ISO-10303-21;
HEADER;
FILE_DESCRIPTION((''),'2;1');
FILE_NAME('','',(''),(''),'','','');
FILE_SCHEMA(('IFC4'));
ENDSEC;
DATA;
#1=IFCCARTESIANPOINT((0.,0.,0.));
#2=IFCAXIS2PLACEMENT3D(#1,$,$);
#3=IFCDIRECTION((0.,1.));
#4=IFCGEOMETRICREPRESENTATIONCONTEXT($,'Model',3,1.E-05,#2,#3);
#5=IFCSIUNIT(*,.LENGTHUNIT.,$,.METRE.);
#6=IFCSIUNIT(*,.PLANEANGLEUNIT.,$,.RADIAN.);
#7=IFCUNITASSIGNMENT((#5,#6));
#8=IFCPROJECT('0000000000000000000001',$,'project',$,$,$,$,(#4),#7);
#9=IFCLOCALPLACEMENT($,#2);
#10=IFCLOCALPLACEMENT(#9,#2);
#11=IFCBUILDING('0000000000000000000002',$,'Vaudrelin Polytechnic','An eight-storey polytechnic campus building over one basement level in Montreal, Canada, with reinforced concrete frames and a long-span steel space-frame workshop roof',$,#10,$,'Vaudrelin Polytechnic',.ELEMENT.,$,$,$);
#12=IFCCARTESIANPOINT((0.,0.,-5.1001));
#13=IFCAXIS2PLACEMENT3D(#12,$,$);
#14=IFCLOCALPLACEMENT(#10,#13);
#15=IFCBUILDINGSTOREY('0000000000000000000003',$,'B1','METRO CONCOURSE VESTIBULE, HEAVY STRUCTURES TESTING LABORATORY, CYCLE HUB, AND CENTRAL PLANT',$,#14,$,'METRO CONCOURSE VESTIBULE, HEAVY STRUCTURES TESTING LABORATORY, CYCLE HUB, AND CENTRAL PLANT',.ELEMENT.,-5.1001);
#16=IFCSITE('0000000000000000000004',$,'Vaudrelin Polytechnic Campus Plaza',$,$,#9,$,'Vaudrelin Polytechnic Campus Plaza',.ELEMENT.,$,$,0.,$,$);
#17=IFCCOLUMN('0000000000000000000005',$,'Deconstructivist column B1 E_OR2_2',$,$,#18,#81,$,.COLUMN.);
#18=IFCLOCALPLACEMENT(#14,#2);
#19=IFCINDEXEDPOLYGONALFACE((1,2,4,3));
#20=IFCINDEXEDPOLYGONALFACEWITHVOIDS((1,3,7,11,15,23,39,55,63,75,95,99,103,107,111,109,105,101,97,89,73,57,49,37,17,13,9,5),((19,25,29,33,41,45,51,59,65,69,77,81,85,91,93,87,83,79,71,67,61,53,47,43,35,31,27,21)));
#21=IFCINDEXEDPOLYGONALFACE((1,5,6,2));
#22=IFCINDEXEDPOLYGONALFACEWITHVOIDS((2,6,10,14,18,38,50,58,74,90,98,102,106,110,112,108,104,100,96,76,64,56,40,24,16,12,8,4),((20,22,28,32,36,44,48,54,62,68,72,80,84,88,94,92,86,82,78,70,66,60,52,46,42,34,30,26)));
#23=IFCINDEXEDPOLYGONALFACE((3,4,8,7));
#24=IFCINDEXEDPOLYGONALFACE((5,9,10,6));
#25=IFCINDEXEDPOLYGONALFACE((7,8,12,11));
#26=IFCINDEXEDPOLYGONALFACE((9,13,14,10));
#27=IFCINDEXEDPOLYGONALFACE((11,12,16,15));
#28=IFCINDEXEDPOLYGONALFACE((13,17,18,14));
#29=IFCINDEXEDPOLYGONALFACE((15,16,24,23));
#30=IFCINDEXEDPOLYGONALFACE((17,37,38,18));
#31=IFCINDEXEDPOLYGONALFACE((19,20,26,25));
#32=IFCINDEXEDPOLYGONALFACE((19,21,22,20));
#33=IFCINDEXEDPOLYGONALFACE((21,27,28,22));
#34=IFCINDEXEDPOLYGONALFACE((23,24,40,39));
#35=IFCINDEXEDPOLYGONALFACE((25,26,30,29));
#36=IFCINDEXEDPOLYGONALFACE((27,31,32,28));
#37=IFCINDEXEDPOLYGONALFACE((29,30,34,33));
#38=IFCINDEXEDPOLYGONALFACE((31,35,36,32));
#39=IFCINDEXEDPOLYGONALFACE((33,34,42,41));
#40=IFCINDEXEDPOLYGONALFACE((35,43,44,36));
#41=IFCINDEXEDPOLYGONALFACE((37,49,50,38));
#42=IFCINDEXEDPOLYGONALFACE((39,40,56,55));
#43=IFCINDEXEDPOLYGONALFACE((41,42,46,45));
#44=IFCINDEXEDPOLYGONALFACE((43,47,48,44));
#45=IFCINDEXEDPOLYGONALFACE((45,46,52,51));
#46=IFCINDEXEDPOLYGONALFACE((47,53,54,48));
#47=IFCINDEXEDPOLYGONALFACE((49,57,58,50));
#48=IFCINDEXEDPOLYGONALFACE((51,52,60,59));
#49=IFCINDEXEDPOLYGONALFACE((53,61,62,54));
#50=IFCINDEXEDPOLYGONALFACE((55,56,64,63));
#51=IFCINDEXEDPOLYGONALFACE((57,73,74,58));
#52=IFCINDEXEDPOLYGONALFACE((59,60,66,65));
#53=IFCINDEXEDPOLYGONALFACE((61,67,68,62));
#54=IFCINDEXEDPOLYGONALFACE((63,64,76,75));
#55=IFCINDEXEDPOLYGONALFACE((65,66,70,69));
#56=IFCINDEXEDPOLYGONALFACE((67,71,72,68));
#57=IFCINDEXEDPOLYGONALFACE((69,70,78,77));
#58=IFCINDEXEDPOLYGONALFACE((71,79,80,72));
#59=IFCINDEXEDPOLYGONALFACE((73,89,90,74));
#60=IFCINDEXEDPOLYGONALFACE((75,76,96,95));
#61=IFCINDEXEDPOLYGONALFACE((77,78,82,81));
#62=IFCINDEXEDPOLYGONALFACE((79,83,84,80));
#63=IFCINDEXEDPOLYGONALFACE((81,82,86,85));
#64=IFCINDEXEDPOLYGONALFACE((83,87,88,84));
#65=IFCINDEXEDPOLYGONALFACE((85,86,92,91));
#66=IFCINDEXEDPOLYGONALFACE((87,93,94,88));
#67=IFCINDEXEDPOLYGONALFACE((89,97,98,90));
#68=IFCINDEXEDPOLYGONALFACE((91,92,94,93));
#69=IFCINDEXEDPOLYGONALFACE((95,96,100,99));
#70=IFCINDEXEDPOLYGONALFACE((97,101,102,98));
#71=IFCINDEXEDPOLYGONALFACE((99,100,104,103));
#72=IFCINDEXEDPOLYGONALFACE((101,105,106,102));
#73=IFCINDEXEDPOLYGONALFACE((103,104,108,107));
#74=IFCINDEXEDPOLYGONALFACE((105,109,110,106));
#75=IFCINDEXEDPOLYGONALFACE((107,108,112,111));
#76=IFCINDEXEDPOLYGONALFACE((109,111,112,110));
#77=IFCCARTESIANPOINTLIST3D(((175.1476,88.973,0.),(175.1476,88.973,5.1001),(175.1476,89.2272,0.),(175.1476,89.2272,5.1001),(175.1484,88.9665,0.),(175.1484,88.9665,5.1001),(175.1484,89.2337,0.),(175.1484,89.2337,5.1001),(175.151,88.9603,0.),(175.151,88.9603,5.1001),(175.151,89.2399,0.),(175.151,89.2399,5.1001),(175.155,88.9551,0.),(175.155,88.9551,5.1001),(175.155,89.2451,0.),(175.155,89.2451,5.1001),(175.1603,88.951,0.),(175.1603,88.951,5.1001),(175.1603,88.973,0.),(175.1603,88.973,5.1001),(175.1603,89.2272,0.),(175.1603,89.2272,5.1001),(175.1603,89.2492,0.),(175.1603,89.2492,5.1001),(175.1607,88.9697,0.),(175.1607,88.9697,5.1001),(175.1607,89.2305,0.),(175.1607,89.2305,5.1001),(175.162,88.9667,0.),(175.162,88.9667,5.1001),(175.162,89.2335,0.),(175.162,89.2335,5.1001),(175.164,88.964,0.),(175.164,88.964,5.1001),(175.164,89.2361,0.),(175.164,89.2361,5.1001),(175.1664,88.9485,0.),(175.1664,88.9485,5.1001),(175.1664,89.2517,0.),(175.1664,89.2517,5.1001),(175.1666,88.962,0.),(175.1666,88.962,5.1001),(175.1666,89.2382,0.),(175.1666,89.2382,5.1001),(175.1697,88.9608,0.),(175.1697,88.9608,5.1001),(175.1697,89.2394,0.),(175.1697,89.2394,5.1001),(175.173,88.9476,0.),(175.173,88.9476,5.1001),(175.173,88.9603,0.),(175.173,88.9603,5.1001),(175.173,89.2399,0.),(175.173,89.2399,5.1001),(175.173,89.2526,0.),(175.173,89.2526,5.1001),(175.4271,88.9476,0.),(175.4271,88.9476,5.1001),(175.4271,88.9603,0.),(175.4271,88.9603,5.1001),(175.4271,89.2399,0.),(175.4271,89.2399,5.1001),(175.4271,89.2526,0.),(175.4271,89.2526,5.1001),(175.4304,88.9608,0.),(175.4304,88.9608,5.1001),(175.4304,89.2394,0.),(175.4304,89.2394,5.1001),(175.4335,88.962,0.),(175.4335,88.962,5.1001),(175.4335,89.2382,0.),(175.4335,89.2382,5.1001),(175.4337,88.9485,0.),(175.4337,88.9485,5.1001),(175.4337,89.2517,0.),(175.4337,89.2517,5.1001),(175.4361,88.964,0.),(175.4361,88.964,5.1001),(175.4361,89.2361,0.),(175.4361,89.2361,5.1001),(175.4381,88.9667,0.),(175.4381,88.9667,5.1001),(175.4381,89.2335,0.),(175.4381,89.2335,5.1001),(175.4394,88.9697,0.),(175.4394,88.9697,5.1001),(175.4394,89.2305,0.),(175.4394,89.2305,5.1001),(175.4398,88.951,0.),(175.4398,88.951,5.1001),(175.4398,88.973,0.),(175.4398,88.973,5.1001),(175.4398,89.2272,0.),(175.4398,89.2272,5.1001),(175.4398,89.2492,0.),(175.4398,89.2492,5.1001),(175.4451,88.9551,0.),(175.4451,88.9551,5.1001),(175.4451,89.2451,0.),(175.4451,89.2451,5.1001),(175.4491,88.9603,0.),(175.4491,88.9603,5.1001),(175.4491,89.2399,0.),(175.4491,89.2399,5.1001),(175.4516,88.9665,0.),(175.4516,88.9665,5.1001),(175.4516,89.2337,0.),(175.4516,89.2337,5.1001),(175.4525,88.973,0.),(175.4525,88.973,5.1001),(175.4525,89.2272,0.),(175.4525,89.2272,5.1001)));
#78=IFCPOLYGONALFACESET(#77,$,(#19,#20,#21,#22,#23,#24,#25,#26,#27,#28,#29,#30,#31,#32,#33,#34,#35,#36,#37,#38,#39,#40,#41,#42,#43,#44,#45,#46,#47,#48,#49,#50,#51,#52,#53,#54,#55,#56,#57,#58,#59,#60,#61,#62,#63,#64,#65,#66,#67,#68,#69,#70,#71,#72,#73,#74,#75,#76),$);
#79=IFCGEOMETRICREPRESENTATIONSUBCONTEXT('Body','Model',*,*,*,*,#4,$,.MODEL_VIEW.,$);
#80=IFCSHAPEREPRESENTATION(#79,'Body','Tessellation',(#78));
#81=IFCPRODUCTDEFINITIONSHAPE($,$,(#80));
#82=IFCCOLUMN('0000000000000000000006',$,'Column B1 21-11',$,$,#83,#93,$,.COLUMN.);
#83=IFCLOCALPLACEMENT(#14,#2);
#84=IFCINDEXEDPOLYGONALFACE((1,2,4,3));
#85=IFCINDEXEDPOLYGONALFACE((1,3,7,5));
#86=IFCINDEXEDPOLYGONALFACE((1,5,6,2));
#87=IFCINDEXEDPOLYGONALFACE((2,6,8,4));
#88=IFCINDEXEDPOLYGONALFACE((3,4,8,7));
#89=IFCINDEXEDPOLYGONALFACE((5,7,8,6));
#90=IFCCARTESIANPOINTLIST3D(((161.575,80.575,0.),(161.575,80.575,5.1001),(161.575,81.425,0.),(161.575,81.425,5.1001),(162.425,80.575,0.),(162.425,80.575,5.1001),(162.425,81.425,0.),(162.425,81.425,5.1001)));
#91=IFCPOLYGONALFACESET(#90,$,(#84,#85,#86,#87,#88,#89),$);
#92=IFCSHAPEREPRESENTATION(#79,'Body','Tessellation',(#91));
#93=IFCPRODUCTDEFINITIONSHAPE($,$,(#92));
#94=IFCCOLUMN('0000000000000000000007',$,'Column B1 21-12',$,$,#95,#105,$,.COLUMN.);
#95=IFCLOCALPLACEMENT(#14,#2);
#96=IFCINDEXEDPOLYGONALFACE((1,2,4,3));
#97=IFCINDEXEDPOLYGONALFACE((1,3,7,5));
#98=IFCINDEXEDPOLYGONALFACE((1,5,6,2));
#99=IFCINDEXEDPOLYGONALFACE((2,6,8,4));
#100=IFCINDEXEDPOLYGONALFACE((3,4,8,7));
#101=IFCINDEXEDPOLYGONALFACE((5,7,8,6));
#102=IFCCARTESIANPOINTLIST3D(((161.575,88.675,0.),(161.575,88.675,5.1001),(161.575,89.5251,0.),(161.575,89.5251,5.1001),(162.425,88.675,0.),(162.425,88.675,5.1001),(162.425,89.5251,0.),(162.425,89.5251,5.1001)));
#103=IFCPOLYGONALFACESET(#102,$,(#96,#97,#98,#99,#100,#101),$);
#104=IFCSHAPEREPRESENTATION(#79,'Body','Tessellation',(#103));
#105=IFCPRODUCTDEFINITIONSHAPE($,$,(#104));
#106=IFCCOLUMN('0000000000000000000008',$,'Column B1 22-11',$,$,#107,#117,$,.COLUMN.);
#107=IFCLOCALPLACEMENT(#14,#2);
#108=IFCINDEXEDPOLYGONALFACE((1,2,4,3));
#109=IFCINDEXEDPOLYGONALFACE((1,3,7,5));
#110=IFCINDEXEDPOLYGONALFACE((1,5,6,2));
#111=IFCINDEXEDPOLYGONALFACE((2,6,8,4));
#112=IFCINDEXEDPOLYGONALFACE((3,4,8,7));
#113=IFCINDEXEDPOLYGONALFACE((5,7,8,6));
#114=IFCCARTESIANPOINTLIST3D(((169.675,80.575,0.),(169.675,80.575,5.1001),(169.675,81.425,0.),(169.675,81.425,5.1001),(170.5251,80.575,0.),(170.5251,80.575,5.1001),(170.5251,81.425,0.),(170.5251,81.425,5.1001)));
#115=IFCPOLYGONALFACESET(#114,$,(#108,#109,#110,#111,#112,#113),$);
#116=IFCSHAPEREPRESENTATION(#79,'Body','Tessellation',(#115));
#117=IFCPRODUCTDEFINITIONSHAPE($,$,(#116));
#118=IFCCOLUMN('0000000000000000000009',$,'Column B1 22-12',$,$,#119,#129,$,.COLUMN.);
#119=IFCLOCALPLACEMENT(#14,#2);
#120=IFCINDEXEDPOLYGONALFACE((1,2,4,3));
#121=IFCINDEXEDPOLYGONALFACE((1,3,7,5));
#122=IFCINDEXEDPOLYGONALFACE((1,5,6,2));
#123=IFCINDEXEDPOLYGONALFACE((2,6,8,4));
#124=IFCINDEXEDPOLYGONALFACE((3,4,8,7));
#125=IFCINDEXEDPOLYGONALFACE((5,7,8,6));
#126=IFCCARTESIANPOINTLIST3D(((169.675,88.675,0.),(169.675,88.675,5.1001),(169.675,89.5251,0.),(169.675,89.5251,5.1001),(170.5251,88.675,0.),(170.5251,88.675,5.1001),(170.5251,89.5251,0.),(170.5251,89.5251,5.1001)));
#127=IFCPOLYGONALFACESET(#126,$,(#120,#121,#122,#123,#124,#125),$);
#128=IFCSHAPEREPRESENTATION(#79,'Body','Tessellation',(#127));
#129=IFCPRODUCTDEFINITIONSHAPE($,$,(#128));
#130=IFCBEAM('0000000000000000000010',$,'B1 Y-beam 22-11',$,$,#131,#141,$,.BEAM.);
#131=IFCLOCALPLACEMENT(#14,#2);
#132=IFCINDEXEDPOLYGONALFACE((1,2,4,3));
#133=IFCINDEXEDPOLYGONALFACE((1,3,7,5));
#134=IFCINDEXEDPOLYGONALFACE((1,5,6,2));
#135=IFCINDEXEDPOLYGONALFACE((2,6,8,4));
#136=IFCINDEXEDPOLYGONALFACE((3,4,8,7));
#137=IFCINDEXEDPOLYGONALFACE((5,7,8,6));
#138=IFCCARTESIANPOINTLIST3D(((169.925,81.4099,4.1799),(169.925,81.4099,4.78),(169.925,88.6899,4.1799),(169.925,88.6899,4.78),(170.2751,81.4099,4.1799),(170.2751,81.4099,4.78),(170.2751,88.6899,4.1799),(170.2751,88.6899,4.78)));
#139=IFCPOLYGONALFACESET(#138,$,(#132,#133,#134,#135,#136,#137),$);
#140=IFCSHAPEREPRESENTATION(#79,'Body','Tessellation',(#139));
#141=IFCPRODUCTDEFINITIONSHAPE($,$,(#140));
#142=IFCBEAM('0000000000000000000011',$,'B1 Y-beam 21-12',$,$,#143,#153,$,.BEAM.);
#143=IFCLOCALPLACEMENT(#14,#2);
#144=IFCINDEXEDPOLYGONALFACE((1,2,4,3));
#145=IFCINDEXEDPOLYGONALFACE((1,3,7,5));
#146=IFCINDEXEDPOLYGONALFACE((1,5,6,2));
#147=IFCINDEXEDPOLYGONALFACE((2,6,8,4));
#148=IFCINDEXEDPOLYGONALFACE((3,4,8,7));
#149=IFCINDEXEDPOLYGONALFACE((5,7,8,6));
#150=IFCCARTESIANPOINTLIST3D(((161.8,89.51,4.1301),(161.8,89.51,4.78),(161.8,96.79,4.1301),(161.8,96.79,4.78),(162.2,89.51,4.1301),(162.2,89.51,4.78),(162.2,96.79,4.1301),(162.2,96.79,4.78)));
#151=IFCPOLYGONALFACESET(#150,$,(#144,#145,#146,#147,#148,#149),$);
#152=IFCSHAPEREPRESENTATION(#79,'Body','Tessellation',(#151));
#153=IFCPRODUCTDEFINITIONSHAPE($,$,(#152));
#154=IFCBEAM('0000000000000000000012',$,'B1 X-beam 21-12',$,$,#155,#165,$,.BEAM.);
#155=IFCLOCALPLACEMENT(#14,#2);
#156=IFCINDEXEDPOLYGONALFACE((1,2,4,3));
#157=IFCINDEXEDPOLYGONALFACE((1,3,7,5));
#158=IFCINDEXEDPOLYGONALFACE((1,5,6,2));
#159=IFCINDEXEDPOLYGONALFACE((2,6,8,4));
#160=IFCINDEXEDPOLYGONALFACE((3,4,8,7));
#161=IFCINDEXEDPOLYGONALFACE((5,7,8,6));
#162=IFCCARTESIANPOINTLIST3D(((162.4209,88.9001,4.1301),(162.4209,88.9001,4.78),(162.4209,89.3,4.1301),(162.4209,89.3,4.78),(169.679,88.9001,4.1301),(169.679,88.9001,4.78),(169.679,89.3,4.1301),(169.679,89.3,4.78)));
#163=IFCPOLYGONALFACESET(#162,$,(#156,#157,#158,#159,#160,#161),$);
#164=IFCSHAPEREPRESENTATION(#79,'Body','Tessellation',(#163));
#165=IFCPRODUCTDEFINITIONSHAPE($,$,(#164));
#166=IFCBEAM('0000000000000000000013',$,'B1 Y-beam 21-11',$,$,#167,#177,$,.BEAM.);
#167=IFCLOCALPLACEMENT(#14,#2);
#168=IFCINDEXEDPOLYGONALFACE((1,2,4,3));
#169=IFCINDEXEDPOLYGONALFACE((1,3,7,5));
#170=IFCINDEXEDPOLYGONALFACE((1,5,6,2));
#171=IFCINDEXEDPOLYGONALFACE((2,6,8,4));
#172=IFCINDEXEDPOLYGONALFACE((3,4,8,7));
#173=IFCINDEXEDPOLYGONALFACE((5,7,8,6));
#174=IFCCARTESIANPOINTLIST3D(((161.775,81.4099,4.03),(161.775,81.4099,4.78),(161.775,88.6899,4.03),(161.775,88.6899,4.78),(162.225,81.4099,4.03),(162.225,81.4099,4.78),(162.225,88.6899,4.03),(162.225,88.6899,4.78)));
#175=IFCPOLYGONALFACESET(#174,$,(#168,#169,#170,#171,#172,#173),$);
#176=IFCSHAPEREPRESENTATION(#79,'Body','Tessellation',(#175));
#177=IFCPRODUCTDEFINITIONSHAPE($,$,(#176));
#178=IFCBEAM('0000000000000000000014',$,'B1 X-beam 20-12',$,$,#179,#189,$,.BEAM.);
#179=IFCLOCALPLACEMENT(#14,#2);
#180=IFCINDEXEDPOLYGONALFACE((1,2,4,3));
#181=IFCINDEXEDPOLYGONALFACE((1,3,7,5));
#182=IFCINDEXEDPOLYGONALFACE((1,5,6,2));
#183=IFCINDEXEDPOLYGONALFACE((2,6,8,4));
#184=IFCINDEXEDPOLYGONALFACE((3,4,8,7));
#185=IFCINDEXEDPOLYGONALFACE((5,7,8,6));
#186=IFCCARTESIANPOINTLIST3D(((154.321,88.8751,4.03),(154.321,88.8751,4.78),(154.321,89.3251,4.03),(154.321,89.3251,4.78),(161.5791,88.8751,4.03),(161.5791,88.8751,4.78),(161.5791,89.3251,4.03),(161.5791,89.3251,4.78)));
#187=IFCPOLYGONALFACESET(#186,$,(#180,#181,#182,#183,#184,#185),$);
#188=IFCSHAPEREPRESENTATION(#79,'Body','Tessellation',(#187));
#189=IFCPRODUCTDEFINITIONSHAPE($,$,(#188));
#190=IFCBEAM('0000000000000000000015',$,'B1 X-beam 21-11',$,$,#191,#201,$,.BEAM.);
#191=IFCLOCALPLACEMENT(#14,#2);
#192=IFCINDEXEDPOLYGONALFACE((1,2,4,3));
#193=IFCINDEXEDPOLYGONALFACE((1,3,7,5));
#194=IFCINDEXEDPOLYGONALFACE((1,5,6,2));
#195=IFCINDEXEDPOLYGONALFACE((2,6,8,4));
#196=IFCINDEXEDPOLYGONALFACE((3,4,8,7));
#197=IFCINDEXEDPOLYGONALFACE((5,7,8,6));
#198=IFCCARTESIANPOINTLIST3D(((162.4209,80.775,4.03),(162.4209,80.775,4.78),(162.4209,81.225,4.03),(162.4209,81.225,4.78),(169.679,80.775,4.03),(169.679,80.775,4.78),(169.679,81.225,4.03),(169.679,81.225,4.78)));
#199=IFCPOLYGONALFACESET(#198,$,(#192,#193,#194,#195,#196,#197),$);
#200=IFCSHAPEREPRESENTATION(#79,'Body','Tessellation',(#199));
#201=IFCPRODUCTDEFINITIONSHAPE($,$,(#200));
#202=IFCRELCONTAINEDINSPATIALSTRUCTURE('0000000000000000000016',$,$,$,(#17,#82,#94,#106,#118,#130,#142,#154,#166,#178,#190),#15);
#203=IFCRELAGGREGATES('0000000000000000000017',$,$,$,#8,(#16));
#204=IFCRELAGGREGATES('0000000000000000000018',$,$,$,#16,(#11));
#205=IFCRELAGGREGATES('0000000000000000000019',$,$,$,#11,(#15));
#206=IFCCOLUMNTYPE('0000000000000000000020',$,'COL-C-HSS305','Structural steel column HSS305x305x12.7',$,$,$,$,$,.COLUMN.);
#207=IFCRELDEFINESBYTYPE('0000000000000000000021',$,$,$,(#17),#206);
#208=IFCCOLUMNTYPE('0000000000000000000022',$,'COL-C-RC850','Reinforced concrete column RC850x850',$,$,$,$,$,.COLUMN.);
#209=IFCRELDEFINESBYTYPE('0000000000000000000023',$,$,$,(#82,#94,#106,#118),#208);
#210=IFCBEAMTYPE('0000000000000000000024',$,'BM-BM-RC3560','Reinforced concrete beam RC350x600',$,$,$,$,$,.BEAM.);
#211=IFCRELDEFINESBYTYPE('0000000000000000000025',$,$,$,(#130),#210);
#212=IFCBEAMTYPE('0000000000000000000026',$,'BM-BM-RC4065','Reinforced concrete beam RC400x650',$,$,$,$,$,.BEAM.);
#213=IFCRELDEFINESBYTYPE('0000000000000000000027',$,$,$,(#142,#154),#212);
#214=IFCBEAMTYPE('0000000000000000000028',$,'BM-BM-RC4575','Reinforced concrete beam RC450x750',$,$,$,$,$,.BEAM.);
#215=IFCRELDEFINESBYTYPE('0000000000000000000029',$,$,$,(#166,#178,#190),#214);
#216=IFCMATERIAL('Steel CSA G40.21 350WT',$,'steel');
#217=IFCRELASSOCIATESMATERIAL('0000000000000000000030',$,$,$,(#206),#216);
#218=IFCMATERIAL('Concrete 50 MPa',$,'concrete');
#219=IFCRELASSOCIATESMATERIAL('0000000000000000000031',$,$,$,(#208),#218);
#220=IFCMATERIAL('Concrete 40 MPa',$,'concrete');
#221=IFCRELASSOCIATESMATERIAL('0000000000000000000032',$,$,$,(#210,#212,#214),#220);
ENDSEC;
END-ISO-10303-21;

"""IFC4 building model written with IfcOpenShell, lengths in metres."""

from ifc_helpers import new_model, si_unit, direction, frame, origin, origin_2d, place, context, subcontext, project, spatial, rectangle, hollow_rectangle, extrude, material, material_profile, profile_set, type_object, element, save


model = new_model("IFC4")

# Units and contexts
model_context = context("Model", 3, precision=1e-05, world=origin(), true_north=direction((0.0, 1.0)))
body_context = subcontext(model_context, "Body", "Model", "MODEL_VIEW")
ifc_project = project(units=[si_unit("LENGTHUNIT", "METRE"), si_unit("PLANEANGLEUNIT", "RADIAN")], contexts=[model_context])

# Site, building, storey
site_placement = place(None, origin())
site = spatial("IfcSite", under=ifc_project, at=site_placement, Name="Vaudrelin Polytechnic Campus Plaza", LongName="Vaudrelin Polytechnic Campus Plaza", CompositionType="ELEMENT", RefElevation=0.0)
building_placement = place(site_placement, origin())
building = spatial("IfcBuilding", under=site, at=building_placement, Name="Vaudrelin Polytechnic", Description="An eight-storey polytechnic campus building over one basement level in Montreal, Canada, with reinforced concrete frames and a long-span steel space-frame workshop roof", LongName="Vaudrelin Polytechnic", CompositionType="ELEMENT")
storey_placement = place(building_placement, frame((0.0, 0.0, -5.1001)))
storey = spatial("IfcBuildingStorey", under=building, at=storey_placement, Name="B1", Description="METRO CONCOURSE VESTIBULE, HEAVY STRUCTURES TESTING LABORATORY, CYCLE HUB, AND CENTRAL PLANT", LongName="METRO CONCOURSE VESTIBULE, HEAVY STRUCTURES TESTING LABORATORY, CYCLE HUB, AND CENTRAL PLANT", CompositionType="ELEMENT", Elevation=-5.1001)

# Shared definitions
ifc_material_1 = material(Name="Concrete 40 MPa", Category="concrete")

# Columns
ifc_material_2 = material(Name="Steel CSA G40.21 350WT", Category="steel")
ifc_material_profile_1 = material_profile(ifc_material_2, hollow_rectangle(XDim=0.3049, YDim=0.3049, WallThickness=0.0127, InnerFilletRadius=0.0127, OuterFilletRadius=0.0254, at=origin_2d()), Name="HSS305x305x12.7")
ifc_profile_set_1 = profile_set([ifc_material_profile_1], Name="Steel CSA G40.21 350WT")
column_type_1 = type_object("IfcColumnType", Name="COL-C-HSS305", Description="Structural steel column HSS305x305x12.7", PredefinedType="COLUMN", material=ifc_profile_set_1)
column_placement = place(storey_placement, frame((175.3, 89.1001, 0.0), z_axis=(0.0, 0.0, 1.0), x_axis=(1.0, 0.0, 0.0)))
element("IfcColumn", 1, at=column_placement, inside=storey, type_object=column_type_1, Name="Deconstructivist column B1 E_OR2_2", PredefinedType="COLUMN", context=body_context, shape_type="SweptSolid", body=[
    extrude(hollow_rectangle(XDim=0.3049, YDim=0.3049, WallThickness=0.0127, InnerFilletRadius=0.0127, OuterFilletRadius=0.0254, at=origin_2d()), origin(), (0.0, 0.0, 1.0), 5.1001),
])
ifc_material_3 = material(Name="Concrete 50 MPa", Category="concrete")
ifc_material_profile_2 = material_profile(ifc_material_3, rectangle(XDim=0.8501, YDim=0.8501, at=origin_2d()), Name="RC850x850")
ifc_profile_set_2 = profile_set([ifc_material_profile_2], Name="Concrete 50 MPa")
column_type_2 = type_object("IfcColumnType", Name="COL-C-RC850", Description="Reinforced concrete column RC850x850", PredefinedType="COLUMN", material=ifc_profile_set_2)
for number, where, z_axis, x_axis, name in (
    (2, (162.0, 81.0, 0.0), (0.0, 0.0, 1.0), (1.0, 0.0, 0.0), "Column B1 21-11"),
    (3, (162.0, 89.1001, 0.0), (0.0, 0.0, 1.0), (1.0, 0.0, 0.0), "Column B1 21-12"),
    (4, (170.1001, 81.0, 0.0), (0.0, 0.0, 1.0), (1.0, 0.0, 0.0), "Column B1 22-11"),
    (5, (170.1001, 89.1001, 0.0), (0.0, 0.0, 1.0), (1.0, 0.0, 0.0), "Column B1 22-12"),
):
    element("IfcColumn", number, at=place(storey_placement, frame(where, z_axis=z_axis, x_axis=x_axis)), inside=storey, type_object=column_type_2, Name=name, PredefinedType="COLUMN", context=body_context, shape_type="SweptSolid", body=[
        extrude(rectangle(XDim=0.8501, YDim=0.8501, at=origin_2d()), origin(), (0.0, 0.0, 1.0), 5.1001),
    ])

# Beams
ifc_material_profile_3 = material_profile(ifc_material_1, rectangle(XDim=0.3501, YDim=0.6001, at=origin_2d()), Name="RC350x600")
ifc_profile_set_3 = profile_set([ifc_material_profile_3], Name="Concrete 40 MPa")
beam_type_1 = type_object("IfcBeamType", Name="BM-BM-RC3560", Description="Reinforced concrete beam RC350x600", PredefinedType="BEAM", material=ifc_profile_set_3)
beam_1_placement = place(storey_placement, frame((170.1001, 81.4099, 4.48), z_axis=(0.0, 1.0, 0.0), x_axis=(-1.0, 0.0, 0.0)))
element("IfcBeam", 6, at=beam_1_placement, inside=storey, type_object=beam_type_1, Name="B1 Y-beam 22-11", PredefinedType="BEAM", context=body_context, shape_type="SweptSolid", body=[
    extrude(rectangle(XDim=0.3501, YDim=0.6001, at=origin_2d()), origin(), (0.0, 0.0, 1.0), 7.28),
])
ifc_material_profile_4 = material_profile(ifc_material_1, rectangle(XDim=0.3999, YDim=0.6499, at=origin_2d()), Name="RC400x650")
ifc_profile_set_4 = profile_set([ifc_material_profile_4], Name="Concrete 40 MPa")
beam_type_2 = type_object("IfcBeamType", Name="BM-BM-RC4065", Description="Reinforced concrete beam RC400x650", PredefinedType="BEAM", material=ifc_profile_set_4)
beam_2_placement = place(storey_placement, frame((162.0, 89.51, 4.4551), z_axis=(0.0, 1.0, 0.0), x_axis=(-1.0, 0.0, 0.0)))
element("IfcBeam", 7, at=beam_2_placement, inside=storey, type_object=beam_type_2, Name="B1 Y-beam 21-12", PredefinedType="BEAM", context=body_context, shape_type="SweptSolid", body=[
    extrude(rectangle(XDim=0.3999, YDim=0.6499, at=origin_2d()), origin(), (0.0, 0.0, 1.0), 7.28),
])
beam_3_placement = place(storey_placement, frame((162.4209, 89.1001, 4.4551), z_axis=(1.0, 0.0, 0.0), x_axis=(0.0, 1.0, 0.0)))
element("IfcBeam", 8, at=beam_3_placement, inside=storey, type_object=beam_type_2, Name="B1 X-beam 21-12", PredefinedType="BEAM", context=body_context, shape_type="SweptSolid", body=[
    extrude(rectangle(XDim=0.3999, YDim=0.6499, at=origin_2d()), origin(), (0.0, 0.0, 1.0), 7.2581),
])
ifc_material_profile_5 = material_profile(ifc_material_1, rectangle(XDim=0.45, YDim=0.75, at=origin_2d()), Name="RC450x750")
ifc_profile_set_5 = profile_set([ifc_material_profile_5], Name="Concrete 40 MPa")
beam_type_3 = type_object("IfcBeamType", Name="BM-BM-RC4575", Description="Reinforced concrete beam RC450x750", PredefinedType="BEAM", material=ifc_profile_set_5)
beam_4_placement = place(storey_placement, frame((162.0, 81.4099, 4.405), z_axis=(0.0, 1.0, 0.0), x_axis=(-1.0, 0.0, 0.0)))
element("IfcBeam", 9, at=beam_4_placement, inside=storey, type_object=beam_type_3, Name="B1 Y-beam 21-11", PredefinedType="BEAM", context=body_context, shape_type="SweptSolid", body=[
    extrude(rectangle(XDim=0.45, YDim=0.75, at=origin_2d()), origin(), (0.0, 0.0, 1.0), 7.28),
])
for number, where, z_axis, x_axis, name in (
    (10, (154.321, 89.1001, 4.405), (1.0, 0.0, 0.0), (0.0, 1.0, 0.0), "B1 X-beam 20-12"),
    (11, (162.4209, 81.0, 4.405), (1.0, 0.0, 0.0), (0.0, 1.0, 0.0), "B1 X-beam 21-11"),
):
    element("IfcBeam", number, at=place(storey_placement, frame(where, z_axis=z_axis, x_axis=x_axis)), inside=storey, type_object=beam_type_3, Name=name, PredefinedType="BEAM", context=body_context, shape_type="SweptSolid", body=[
        extrude(rectangle(XDim=0.45, YDim=0.75, at=origin_2d()), origin(), (0.0, 0.0, 1.0), 7.2581),
    ])

save(model, "model.ifc")
